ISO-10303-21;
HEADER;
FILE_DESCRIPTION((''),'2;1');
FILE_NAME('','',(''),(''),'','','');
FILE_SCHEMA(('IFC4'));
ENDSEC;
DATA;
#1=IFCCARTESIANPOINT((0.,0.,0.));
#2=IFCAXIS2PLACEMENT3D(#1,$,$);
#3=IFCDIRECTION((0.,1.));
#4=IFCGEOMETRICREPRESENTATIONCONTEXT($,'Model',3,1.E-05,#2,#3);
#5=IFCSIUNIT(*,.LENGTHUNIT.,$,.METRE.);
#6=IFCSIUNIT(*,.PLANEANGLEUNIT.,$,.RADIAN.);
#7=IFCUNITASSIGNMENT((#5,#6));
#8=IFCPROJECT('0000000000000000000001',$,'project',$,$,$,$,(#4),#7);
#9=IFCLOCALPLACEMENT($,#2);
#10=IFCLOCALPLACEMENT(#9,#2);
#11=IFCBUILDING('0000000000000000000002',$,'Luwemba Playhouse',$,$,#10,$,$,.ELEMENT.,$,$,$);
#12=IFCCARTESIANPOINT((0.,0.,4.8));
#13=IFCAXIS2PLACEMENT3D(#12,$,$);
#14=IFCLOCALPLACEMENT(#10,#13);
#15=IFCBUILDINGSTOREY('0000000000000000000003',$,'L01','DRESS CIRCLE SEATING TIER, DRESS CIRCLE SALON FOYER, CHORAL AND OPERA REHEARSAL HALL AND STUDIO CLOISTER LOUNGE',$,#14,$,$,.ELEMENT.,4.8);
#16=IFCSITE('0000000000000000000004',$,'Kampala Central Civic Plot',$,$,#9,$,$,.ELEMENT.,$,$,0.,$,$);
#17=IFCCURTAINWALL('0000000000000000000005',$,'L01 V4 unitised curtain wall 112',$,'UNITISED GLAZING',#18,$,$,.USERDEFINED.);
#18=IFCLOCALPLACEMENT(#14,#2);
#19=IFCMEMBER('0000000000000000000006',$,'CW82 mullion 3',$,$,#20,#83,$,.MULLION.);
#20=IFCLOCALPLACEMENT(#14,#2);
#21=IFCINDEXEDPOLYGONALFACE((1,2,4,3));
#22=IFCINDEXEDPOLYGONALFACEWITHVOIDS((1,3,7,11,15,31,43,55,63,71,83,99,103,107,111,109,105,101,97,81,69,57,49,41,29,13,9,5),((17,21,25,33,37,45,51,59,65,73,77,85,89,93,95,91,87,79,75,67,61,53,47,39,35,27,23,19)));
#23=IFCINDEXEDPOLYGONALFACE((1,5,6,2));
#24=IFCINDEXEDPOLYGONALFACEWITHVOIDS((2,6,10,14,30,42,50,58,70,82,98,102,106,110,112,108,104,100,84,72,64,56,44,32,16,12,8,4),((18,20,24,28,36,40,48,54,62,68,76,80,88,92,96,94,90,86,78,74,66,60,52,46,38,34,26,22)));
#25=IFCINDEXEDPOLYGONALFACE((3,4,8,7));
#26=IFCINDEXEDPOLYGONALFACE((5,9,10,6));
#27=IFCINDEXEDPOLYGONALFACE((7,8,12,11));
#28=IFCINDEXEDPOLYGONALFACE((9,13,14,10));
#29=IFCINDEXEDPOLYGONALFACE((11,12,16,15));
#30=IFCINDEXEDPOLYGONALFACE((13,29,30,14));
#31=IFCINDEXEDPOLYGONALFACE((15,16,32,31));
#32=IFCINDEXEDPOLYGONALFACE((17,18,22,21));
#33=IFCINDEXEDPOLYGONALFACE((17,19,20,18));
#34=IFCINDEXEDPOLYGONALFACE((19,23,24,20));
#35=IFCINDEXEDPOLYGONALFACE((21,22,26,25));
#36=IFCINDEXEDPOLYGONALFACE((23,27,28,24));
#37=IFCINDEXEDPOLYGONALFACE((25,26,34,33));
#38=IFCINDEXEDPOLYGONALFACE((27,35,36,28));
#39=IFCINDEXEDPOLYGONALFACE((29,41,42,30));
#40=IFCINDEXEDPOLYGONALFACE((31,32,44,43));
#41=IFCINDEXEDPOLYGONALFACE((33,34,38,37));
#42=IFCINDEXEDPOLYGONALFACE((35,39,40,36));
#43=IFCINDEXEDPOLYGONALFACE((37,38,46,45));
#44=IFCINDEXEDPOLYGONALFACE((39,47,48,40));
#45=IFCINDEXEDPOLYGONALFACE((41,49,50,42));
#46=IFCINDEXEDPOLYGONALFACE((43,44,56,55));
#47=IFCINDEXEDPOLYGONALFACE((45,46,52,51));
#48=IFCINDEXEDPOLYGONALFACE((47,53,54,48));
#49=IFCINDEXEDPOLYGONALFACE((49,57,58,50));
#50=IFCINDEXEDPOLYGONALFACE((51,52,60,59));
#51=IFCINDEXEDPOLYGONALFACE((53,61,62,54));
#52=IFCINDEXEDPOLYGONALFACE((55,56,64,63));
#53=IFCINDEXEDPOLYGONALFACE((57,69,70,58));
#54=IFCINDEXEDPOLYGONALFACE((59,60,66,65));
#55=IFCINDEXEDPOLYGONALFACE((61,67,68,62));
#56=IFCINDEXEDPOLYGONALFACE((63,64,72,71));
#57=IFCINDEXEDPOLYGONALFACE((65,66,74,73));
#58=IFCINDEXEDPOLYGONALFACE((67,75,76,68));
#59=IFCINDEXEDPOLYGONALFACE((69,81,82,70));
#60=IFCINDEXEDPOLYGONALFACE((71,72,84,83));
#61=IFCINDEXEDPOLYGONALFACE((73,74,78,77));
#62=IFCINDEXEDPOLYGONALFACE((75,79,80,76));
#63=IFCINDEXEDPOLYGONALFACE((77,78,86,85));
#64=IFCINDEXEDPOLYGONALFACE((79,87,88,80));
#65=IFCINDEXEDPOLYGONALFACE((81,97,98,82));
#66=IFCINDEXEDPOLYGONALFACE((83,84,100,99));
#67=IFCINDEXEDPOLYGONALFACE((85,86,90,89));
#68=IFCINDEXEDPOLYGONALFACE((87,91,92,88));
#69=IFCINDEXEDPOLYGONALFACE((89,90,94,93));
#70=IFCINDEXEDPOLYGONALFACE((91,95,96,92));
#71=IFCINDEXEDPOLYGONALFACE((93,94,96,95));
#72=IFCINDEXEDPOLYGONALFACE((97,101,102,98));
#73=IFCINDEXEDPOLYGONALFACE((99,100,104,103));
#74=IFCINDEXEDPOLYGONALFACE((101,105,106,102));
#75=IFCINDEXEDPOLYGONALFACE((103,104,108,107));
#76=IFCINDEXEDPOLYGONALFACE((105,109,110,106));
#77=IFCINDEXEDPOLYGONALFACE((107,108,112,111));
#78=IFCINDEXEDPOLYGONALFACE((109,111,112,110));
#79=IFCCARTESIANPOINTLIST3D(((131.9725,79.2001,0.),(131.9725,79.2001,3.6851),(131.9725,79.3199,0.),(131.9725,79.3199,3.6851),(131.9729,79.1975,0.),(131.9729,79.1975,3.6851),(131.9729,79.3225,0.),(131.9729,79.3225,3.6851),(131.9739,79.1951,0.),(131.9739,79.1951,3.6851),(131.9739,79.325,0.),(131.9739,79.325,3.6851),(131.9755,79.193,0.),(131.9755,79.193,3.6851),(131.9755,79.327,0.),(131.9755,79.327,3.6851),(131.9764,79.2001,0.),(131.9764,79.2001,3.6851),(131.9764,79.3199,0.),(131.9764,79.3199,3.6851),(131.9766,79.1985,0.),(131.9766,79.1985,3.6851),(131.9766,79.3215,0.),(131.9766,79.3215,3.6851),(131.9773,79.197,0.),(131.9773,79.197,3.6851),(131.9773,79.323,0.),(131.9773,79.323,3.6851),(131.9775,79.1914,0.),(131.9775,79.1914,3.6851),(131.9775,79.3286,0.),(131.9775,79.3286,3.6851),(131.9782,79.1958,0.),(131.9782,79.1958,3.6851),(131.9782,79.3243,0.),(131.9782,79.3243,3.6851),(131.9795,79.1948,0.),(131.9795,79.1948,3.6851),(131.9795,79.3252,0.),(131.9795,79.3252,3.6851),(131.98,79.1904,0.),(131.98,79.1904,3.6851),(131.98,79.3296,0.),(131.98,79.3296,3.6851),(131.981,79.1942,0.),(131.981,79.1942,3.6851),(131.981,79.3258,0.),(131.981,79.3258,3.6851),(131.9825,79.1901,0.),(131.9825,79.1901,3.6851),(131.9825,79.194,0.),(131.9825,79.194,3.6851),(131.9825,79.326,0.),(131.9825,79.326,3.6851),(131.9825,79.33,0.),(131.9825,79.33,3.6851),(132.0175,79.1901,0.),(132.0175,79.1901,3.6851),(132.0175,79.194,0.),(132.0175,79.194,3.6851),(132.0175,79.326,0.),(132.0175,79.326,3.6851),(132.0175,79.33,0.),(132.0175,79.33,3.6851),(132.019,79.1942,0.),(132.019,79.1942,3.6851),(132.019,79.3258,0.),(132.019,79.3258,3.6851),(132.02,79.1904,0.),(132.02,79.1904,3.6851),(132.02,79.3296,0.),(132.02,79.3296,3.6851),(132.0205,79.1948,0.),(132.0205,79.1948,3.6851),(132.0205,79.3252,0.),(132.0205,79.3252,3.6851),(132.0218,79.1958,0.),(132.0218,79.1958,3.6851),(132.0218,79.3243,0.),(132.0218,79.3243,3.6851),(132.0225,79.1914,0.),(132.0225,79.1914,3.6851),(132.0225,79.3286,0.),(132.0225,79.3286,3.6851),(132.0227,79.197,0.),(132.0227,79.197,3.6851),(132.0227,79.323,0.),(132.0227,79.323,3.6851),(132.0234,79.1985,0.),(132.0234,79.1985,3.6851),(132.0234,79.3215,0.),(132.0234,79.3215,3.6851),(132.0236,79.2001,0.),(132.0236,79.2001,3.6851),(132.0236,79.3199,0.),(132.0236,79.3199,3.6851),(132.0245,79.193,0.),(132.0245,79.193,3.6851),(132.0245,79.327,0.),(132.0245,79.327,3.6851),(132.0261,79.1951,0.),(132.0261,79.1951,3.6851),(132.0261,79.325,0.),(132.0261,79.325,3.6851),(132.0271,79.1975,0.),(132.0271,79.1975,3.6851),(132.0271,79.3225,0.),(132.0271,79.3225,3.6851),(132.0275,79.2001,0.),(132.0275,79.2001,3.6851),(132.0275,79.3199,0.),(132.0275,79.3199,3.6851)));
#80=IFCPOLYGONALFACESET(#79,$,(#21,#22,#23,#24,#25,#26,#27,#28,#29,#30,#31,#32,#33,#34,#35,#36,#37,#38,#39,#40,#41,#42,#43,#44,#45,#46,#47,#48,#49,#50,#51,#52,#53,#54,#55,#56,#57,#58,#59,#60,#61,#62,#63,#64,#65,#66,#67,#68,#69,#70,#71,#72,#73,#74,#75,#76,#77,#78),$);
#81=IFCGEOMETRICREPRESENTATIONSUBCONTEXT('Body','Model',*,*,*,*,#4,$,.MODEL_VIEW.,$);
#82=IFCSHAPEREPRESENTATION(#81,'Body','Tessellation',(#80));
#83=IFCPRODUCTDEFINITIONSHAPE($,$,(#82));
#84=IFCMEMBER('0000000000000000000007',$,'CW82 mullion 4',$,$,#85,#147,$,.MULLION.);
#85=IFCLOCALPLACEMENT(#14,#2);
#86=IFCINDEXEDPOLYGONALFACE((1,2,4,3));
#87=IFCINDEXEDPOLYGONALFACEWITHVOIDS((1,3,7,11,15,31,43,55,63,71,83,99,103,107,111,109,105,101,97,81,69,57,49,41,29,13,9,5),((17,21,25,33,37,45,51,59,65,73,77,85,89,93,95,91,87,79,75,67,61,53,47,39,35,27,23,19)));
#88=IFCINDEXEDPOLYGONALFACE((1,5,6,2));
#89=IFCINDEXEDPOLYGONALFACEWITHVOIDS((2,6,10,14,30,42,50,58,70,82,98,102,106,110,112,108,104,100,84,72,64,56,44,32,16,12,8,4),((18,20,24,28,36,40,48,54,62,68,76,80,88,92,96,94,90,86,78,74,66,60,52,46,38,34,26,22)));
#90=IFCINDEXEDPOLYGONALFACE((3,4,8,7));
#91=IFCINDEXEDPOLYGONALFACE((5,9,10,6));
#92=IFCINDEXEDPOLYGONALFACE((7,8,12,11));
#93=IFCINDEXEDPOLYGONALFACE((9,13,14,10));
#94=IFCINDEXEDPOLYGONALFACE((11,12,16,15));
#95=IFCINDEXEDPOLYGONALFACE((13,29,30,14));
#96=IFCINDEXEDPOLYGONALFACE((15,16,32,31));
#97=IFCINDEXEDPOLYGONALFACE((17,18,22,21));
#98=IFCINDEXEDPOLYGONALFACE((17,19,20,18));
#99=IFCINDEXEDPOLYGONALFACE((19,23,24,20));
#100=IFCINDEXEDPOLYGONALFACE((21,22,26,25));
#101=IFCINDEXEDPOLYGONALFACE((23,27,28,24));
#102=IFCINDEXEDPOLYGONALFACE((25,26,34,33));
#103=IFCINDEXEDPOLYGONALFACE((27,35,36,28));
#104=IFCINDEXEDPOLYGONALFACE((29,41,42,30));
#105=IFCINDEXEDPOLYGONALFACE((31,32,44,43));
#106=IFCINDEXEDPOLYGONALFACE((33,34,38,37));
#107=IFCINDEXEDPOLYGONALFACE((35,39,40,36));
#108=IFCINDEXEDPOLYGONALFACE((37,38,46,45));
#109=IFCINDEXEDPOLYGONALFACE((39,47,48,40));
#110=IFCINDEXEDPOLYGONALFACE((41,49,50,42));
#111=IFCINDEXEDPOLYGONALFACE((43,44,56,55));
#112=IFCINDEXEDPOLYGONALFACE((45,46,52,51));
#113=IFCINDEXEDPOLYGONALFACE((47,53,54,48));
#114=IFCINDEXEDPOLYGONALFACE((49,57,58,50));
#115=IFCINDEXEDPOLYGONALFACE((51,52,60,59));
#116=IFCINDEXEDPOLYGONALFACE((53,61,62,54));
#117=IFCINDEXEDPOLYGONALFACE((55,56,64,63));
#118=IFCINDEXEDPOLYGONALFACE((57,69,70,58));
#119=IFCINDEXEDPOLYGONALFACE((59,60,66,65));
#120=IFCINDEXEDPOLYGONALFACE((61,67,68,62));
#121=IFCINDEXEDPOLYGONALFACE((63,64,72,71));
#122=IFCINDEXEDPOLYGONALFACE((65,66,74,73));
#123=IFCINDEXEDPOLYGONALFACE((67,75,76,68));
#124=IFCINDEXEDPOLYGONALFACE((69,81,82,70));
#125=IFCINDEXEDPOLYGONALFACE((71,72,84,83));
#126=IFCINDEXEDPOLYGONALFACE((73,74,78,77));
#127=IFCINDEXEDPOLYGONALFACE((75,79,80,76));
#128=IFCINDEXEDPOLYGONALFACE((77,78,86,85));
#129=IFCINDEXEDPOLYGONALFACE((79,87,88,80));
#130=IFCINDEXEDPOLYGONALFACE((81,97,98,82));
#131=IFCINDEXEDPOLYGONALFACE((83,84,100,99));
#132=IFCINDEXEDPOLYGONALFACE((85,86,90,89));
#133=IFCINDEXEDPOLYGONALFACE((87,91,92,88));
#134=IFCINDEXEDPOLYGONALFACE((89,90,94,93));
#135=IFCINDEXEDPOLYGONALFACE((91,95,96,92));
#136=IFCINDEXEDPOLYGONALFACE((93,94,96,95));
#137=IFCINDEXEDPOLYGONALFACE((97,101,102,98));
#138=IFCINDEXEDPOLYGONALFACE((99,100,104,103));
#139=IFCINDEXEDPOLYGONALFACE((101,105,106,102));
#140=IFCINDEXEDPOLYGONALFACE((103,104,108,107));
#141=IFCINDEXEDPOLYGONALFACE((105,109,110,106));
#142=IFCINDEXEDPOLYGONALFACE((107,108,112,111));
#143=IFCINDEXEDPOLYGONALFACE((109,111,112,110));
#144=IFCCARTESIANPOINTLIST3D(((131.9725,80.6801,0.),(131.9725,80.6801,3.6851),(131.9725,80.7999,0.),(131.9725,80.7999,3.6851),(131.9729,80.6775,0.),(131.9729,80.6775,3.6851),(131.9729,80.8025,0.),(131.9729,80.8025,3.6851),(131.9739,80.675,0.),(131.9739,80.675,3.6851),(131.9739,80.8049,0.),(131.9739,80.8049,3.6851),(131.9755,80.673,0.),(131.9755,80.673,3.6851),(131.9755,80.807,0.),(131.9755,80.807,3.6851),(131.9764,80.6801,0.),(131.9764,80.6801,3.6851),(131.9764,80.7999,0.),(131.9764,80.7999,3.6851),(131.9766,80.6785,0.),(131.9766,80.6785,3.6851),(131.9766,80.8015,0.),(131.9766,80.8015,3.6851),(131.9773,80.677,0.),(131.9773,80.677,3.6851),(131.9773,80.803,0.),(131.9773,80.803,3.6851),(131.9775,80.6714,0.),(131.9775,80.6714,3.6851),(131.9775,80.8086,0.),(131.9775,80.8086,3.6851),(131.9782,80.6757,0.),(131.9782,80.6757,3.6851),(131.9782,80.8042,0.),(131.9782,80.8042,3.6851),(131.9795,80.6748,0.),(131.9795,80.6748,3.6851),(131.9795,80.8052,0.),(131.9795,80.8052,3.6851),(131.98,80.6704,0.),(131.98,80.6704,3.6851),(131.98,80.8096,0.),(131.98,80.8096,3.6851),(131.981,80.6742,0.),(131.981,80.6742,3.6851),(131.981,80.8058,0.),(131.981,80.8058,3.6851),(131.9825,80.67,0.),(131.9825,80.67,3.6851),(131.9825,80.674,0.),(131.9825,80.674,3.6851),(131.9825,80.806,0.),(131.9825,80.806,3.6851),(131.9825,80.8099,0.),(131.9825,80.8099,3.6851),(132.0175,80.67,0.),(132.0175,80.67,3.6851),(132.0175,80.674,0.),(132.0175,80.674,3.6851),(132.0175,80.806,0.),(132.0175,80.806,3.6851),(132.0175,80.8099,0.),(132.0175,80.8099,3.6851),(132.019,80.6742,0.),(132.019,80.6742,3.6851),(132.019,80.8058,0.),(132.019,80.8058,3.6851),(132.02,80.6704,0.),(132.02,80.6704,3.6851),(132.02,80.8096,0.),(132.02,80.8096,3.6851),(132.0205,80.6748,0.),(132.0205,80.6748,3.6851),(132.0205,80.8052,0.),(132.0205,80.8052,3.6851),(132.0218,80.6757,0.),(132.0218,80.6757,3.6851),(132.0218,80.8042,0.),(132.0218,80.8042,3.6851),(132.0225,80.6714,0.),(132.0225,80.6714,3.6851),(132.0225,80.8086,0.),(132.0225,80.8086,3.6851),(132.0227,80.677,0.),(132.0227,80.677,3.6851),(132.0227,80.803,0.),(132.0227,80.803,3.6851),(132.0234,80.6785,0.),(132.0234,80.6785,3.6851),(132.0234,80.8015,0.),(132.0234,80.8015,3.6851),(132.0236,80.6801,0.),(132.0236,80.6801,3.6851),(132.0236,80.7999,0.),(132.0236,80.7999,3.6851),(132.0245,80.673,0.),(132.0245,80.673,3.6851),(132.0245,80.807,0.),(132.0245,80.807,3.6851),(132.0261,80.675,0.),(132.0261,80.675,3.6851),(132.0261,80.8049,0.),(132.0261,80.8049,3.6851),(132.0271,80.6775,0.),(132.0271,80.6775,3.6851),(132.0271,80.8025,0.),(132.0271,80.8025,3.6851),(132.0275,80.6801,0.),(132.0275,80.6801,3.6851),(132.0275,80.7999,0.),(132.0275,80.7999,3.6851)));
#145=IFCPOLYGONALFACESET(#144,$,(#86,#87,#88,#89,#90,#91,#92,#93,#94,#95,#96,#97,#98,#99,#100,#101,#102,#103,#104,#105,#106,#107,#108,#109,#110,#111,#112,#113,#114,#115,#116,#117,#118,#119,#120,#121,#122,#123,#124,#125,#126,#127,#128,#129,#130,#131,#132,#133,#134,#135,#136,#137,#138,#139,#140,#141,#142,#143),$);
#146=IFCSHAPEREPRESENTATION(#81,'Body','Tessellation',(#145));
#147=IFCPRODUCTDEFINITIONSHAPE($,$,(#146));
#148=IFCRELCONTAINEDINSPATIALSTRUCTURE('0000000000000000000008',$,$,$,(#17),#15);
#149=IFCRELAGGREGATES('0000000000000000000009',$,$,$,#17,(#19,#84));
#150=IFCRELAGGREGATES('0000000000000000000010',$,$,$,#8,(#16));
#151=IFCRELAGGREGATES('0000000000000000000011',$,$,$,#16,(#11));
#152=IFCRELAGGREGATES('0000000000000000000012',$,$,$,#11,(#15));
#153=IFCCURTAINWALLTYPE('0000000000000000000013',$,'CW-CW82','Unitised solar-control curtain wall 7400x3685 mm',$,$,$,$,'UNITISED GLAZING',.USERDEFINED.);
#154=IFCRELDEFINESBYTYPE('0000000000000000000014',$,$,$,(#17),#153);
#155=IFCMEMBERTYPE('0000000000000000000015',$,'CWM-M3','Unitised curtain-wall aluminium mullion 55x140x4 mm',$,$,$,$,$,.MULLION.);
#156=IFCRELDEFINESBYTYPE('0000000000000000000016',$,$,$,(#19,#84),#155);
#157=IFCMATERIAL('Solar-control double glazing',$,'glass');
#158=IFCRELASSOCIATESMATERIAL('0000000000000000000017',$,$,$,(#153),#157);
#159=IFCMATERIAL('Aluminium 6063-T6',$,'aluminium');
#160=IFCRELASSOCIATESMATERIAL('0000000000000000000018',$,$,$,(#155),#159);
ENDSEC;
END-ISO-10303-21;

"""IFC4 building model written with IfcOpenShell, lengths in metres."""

from ifc_helpers import new_model, si_unit, direction, frame, origin, origin_2d, place, context, subcontext, project, spatial, hollow_rectangle, extrude, material, material_profile, profile_set, type_object, element, aggregate, save


model = new_model("IFC4")

# Units and contexts
model_context = context("Model", 3, precision=1e-05, world=origin(), true_north=direction((0.0, 1.0)))
body_context = subcontext(model_context, "Body", "Model", "MODEL_VIEW")
ifc_project = project(units=[si_unit("LENGTHUNIT", "METRE"), si_unit("PLANEANGLEUNIT", "RADIAN")], contexts=[model_context])

# Site, building, storey
site_placement = place(None, origin())
site = spatial("IfcSite", under=ifc_project, at=site_placement, Name="Kampala Central Civic Plot", CompositionType="ELEMENT", RefElevation=0.0)
building_placement = place(site_placement, origin())
building = spatial("IfcBuilding", under=site, at=building_placement, Name="Luwemba Playhouse", CompositionType="ELEMENT")
storey_placement = place(building_placement, frame((0.0, 0.0, 4.8)))
storey = spatial("IfcBuildingStorey", under=building, at=storey_placement, Name="L01", Description="DRESS CIRCLE SEATING TIER, DRESS CIRCLE SALON FOYER, CHORAL AND OPERA REHEARSAL HALL AND STUDIO CLOISTER LOUNGE", CompositionType="ELEMENT", Elevation=4.8)

# Curtain wall, members
ifc_material_1 = material(Name="Solar-control double glazing", Category="glass")
curtain_wall_type = type_object("IfcCurtainWallType", Name="CW-CW82", Description="Unitised solar-control curtain wall 7400x3685 mm", ElementType="UNITISED GLAZING", PredefinedType="USERDEFINED", material=ifc_material_1)
curtain_wall_placement = place(storey_placement, origin())
curtain_wall = element("IfcCurtainWall", 1, at=curtain_wall_placement, inside=storey, type_object=curtain_wall_type, Name="L01 V4 unitised curtain wall 112", ObjectType="UNITISED GLAZING", PredefinedType="USERDEFINED")
ifc_material_2 = material(Name="Aluminium 6063-T6", Category="aluminium")
ifc_material_profile_1 = material_profile(ifc_material_2, hollow_rectangle(XDim=0.0549, YDim=0.1399, WallThickness=0.0039, InnerFilletRadius=0.0061, OuterFilletRadius=0.01, at=origin_2d()))
ifc_profile_set_1 = profile_set([ifc_material_profile_1], Name="Aluminium 6063-T6")
member_type_1 = type_object("IfcMemberType", Name="CWM-M3", Description="Unitised curtain-wall aluminium mullion 55x140x4 mm", PredefinedType="MULLION", material=ifc_profile_set_1)
member_1_placement = place(storey_placement, frame((132.0, 79.26, 0.0), z_axis=(0.0, 0.0, 1.0), x_axis=(-1.0, 0.0, 0.0)))
member_1 = element("IfcMember", 2, at=member_1_placement, type_object=member_type_1, Name="CW82 mullion 3", PredefinedType="MULLION", context=body_context, shape_type="SweptSolid", body=[
    extrude(hollow_rectangle(XDim=0.0549, YDim=0.1399, WallThickness=0.0039, InnerFilletRadius=0.0061, OuterFilletRadius=0.01, at=origin_2d()), origin(), (0.0, 0.0, 1.0), 3.6851),
])
member_2_placement = place(storey_placement, frame((132.0, 80.74, 0.0), z_axis=(0.0, 0.0, 1.0), x_axis=(-1.0, 0.0, 0.0)))
member_2 = element("IfcMember", 3, at=member_2_placement, type_object=member_type_1, Name="CW82 mullion 4", PredefinedType="MULLION", context=body_context, shape_type="SweptSolid", body=[
    extrude(hollow_rectangle(XDim=0.0549, YDim=0.1399, WallThickness=0.0039, InnerFilletRadius=0.0061, OuterFilletRadius=0.01, at=origin_2d()), origin(), (0.0, 0.0, 1.0), 3.6851),
])
aggregate(curtain_wall, [member_1, member_2])

save(model, "model.ifc")
